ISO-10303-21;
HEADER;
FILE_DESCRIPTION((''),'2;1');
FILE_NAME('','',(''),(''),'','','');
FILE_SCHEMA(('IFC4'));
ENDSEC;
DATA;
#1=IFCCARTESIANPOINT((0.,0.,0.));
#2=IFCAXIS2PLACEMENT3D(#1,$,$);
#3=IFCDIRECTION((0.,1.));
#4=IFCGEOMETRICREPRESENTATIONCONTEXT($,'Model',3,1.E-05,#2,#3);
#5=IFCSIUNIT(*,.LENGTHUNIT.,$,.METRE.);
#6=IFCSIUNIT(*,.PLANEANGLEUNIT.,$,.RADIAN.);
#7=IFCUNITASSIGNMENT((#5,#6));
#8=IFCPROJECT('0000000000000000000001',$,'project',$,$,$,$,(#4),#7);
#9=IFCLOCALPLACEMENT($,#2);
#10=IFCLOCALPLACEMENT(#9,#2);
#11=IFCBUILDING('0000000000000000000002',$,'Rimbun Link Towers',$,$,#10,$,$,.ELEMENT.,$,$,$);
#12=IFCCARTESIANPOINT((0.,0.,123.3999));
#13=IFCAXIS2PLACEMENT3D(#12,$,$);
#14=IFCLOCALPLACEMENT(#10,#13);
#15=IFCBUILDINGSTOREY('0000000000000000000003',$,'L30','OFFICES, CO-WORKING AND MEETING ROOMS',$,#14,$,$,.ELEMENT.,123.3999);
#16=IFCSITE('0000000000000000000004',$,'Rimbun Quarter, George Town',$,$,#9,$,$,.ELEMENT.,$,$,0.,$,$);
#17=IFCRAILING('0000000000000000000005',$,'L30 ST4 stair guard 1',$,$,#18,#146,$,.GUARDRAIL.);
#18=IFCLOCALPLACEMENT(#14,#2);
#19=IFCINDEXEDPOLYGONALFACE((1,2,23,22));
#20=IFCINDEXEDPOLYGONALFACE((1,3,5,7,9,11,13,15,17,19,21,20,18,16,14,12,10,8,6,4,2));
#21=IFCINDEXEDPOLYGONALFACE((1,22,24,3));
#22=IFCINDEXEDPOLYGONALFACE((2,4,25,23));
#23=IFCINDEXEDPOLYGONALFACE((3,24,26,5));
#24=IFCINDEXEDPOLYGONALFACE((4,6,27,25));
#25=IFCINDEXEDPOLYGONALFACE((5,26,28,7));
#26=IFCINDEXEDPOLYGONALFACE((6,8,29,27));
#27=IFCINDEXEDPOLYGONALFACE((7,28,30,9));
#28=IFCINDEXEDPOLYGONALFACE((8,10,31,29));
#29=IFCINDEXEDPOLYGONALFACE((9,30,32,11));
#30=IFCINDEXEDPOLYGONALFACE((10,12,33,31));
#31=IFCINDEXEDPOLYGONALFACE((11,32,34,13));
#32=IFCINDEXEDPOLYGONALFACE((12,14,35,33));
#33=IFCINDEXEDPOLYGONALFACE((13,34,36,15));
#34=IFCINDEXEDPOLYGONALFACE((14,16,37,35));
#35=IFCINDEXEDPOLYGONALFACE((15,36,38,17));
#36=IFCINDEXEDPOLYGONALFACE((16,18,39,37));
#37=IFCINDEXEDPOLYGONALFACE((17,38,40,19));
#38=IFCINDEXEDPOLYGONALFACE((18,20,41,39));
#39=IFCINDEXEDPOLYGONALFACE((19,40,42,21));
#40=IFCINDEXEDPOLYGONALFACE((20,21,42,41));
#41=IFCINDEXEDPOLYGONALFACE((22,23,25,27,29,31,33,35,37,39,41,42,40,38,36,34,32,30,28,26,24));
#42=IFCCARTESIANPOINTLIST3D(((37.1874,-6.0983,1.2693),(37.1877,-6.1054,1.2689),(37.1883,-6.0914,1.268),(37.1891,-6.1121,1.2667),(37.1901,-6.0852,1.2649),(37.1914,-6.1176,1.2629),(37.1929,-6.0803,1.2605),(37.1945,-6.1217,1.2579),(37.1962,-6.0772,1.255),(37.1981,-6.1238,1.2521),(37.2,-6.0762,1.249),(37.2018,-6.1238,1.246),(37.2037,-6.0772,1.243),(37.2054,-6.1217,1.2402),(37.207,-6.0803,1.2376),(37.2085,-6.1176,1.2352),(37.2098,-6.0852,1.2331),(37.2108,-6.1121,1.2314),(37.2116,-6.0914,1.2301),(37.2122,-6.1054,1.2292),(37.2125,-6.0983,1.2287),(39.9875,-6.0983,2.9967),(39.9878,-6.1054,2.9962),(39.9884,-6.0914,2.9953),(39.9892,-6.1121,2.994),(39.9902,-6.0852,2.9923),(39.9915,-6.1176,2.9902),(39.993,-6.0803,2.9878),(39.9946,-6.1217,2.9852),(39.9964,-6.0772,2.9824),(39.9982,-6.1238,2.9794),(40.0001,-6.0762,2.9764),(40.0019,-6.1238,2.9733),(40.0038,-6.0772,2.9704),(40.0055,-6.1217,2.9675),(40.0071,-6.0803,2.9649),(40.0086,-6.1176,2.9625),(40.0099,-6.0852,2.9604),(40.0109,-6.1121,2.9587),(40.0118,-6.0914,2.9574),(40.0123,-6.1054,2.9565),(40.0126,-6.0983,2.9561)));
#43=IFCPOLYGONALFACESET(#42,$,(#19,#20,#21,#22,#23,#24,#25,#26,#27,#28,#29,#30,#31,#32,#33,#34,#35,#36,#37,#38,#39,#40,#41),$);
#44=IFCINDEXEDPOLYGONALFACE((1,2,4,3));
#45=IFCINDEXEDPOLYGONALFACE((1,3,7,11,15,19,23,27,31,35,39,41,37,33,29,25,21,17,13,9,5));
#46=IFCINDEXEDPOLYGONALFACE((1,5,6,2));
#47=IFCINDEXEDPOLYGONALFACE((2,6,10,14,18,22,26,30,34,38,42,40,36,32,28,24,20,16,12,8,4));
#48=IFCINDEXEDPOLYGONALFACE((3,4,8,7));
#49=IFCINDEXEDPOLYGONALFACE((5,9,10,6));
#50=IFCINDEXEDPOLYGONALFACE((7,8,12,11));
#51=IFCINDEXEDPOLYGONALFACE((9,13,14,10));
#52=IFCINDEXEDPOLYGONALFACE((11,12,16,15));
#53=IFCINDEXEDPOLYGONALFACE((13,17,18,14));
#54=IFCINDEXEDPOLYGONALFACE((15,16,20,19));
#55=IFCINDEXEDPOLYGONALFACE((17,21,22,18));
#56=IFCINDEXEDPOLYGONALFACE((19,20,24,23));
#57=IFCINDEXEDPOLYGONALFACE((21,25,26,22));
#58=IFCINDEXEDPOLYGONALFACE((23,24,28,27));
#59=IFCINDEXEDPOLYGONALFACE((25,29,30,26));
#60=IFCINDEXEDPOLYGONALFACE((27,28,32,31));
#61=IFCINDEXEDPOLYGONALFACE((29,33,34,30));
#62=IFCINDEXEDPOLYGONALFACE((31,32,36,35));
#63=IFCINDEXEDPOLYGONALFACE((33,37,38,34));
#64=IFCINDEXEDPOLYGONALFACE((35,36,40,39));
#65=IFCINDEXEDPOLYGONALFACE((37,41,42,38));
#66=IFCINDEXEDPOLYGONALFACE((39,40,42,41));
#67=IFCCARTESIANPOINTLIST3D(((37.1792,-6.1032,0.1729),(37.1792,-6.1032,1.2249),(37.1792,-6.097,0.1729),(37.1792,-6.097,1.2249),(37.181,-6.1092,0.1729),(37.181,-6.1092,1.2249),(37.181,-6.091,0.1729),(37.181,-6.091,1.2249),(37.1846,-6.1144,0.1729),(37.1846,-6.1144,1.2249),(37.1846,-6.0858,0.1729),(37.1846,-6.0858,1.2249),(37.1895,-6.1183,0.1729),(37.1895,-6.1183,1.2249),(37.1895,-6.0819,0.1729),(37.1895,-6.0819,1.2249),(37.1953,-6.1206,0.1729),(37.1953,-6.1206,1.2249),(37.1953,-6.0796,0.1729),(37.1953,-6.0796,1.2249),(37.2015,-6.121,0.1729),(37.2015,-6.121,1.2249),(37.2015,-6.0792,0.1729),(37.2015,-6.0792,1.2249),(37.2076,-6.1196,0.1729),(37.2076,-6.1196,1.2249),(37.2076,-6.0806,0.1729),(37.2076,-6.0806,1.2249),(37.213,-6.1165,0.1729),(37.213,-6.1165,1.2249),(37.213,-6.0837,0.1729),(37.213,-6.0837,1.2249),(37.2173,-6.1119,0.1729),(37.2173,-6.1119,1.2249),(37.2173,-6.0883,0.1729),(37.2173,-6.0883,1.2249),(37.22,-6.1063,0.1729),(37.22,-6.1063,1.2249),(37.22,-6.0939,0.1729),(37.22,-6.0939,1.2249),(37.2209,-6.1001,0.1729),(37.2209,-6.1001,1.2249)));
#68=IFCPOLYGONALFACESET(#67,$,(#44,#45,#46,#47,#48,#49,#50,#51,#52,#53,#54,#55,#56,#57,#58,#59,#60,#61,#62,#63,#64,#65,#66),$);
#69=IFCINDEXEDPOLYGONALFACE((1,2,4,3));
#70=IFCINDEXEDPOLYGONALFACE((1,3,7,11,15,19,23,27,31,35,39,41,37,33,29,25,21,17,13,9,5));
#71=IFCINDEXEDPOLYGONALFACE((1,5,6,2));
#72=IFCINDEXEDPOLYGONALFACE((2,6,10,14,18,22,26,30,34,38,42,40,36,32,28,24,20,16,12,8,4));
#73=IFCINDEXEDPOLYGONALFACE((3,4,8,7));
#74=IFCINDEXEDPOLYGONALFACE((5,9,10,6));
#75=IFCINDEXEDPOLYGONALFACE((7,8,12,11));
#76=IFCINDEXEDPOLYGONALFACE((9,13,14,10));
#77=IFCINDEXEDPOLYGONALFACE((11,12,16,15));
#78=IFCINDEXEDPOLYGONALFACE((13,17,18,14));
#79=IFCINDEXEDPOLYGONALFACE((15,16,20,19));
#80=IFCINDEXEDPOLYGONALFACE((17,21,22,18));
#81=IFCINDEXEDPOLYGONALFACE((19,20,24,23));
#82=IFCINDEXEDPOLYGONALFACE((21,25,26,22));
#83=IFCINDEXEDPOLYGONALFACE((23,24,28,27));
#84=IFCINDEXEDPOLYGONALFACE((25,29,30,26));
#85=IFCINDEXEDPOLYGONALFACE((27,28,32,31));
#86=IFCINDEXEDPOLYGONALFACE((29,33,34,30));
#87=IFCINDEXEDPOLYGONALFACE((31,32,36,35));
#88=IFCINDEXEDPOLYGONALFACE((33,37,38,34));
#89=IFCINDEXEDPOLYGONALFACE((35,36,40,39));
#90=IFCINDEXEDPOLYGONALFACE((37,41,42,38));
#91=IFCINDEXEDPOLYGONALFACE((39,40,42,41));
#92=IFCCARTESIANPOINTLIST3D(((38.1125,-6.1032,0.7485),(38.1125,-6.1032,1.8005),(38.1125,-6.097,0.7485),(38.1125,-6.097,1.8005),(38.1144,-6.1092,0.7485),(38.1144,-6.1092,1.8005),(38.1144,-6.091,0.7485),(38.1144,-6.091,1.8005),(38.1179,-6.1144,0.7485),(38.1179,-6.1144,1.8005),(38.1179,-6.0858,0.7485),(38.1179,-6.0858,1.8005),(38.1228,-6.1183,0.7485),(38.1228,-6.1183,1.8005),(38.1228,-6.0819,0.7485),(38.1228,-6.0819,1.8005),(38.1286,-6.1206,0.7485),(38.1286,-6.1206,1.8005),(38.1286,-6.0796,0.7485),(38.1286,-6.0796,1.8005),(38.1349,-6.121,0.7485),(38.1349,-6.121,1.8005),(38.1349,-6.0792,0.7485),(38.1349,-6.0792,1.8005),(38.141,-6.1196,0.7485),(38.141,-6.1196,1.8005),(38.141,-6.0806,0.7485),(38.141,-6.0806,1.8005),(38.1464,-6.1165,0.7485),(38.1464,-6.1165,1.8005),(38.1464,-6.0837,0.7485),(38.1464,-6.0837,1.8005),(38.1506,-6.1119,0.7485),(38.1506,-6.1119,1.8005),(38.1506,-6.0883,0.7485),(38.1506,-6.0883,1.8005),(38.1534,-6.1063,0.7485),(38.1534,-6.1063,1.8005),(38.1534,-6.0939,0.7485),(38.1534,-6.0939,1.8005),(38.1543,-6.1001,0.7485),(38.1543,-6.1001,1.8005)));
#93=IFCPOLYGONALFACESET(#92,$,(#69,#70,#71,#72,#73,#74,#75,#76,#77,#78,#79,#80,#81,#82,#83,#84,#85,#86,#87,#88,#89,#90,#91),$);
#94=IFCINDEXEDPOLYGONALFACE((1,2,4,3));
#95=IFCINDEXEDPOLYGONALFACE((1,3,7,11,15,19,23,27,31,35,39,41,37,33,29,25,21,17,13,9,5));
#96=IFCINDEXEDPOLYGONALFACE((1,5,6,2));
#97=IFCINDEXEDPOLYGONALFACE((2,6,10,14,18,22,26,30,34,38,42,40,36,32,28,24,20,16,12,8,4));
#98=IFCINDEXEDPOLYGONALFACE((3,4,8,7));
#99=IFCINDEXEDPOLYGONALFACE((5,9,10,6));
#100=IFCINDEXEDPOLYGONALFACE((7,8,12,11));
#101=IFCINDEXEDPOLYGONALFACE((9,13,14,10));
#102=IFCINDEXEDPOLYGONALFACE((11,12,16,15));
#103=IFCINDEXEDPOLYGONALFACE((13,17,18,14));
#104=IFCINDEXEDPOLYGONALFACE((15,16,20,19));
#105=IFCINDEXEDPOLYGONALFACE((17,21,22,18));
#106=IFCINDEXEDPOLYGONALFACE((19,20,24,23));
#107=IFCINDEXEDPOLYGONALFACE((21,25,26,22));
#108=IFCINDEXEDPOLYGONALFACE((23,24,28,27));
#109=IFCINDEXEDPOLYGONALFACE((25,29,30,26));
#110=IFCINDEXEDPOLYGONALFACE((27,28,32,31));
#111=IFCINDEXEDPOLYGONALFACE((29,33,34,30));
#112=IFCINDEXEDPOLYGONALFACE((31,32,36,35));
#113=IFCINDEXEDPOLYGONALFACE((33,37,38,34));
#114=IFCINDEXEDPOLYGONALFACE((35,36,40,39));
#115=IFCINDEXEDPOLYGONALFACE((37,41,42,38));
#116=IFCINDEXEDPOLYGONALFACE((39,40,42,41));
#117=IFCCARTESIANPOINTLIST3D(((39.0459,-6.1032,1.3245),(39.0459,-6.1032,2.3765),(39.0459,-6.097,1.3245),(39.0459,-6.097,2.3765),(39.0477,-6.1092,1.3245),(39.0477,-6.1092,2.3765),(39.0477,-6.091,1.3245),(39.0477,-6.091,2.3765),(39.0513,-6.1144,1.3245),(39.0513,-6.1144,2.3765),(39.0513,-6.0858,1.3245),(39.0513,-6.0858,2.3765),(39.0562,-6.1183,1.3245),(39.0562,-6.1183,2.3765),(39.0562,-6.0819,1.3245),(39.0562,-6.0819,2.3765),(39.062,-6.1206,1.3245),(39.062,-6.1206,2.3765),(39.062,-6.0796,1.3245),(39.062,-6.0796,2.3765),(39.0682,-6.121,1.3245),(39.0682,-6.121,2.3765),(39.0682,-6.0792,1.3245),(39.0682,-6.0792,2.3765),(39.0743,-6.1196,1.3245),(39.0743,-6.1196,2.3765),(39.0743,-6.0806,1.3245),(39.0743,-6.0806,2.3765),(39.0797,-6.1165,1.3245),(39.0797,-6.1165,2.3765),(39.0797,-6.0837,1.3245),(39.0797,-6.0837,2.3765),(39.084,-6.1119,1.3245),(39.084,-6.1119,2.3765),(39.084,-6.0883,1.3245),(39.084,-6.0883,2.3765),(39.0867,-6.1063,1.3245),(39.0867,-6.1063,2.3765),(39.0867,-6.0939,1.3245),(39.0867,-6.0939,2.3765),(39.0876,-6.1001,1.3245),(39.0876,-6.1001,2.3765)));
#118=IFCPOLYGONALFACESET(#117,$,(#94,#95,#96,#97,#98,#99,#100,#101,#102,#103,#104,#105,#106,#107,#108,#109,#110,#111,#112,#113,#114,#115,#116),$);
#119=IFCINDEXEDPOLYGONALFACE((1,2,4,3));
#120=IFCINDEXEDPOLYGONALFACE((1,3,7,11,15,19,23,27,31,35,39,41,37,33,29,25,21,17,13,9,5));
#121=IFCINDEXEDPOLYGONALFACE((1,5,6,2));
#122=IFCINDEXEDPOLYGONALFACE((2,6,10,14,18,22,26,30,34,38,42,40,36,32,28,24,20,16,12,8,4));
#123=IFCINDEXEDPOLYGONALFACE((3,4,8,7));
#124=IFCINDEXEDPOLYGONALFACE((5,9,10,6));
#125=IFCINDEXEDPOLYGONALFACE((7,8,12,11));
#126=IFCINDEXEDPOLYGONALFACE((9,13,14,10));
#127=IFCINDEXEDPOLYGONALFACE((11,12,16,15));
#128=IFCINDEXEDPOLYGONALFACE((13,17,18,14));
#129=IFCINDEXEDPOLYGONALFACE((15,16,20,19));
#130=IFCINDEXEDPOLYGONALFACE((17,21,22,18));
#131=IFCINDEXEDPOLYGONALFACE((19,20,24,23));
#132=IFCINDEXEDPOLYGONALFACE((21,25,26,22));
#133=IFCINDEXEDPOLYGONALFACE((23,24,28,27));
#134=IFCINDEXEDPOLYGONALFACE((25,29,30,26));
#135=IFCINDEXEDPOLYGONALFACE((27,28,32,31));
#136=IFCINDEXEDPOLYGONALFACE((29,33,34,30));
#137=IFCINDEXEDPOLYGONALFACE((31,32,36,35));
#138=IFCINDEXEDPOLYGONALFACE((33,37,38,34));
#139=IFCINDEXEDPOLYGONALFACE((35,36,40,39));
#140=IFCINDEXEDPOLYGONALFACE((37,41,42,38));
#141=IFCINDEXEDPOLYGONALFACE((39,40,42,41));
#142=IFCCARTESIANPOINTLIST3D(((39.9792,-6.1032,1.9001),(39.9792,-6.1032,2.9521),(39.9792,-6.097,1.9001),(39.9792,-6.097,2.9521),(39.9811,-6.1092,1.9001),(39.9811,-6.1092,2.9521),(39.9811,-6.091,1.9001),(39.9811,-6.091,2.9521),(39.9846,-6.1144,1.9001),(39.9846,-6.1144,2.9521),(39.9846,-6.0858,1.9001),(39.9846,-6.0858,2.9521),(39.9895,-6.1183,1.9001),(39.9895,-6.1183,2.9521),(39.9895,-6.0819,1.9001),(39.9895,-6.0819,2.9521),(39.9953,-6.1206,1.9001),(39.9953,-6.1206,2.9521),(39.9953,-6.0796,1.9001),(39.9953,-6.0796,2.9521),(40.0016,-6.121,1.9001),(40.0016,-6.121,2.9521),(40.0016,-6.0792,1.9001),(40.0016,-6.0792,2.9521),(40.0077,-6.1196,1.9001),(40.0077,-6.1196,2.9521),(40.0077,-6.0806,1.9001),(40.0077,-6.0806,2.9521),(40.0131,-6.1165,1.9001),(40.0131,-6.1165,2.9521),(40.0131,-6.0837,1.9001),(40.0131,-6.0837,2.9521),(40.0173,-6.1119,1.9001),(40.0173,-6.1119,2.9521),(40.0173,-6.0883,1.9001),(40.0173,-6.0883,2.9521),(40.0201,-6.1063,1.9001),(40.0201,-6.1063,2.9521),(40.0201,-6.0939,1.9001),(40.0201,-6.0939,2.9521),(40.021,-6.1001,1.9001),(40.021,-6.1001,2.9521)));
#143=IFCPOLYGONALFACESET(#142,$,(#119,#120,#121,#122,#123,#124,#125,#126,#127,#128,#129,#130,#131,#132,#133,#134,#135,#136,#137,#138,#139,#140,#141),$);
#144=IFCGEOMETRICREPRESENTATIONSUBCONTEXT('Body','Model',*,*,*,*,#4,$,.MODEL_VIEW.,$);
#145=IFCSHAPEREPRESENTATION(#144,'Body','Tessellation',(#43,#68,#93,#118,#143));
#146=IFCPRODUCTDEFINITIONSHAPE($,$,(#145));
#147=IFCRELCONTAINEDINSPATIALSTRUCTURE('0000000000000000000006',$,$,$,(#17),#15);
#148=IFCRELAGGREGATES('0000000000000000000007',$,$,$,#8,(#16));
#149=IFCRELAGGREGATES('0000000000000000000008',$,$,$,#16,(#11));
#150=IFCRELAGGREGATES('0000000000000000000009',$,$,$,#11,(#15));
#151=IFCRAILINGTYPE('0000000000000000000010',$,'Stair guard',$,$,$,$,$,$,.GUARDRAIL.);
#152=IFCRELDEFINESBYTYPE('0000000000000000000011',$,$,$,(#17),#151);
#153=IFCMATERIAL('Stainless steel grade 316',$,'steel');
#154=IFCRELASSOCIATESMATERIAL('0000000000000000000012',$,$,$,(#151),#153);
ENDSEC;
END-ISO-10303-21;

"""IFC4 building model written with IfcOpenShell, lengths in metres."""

from ifc_helpers import new_model, si_unit, direction, frame, origin, origin_2d, place, context, subcontext, project, spatial, circle, extrude, material, type_object, element, save


model = new_model("IFC4")

# Units and contexts
model_context = context("Model", 3, precision=1e-05, world=origin(), true_north=direction((0.0, 1.0)))
body_context = subcontext(model_context, "Body", "Model", "MODEL_VIEW")
ifc_project = project(units=[si_unit("LENGTHUNIT", "METRE"), si_unit("PLANEANGLEUNIT", "RADIAN")], contexts=[model_context])

# Site, building, storey
site_placement = place(None, origin())
site = spatial("IfcSite", under=ifc_project, at=site_placement, Name="Rimbun Quarter, George Town", CompositionType="ELEMENT", RefElevation=0.0)
building_placement = place(site_placement, origin())
building = spatial("IfcBuilding", under=site, at=building_placement, Name="Rimbun Link Towers", CompositionType="ELEMENT")
storey_placement = place(building_placement, frame((0.0, 0.0, 123.3999)))
storey = spatial("IfcBuildingStorey", under=building, at=storey_placement, Name="L30", Description="OFFICES, CO-WORKING AND MEETING ROOMS", CompositionType="ELEMENT", Elevation=123.3999)

# Railing
ifc_material_1 = material(Name="Stainless steel grade 316", Category="steel")
railing_type_1 = type_object("IfcRailingType", Name="Stair guard", PredefinedType="GUARDRAIL", material=ifc_material_1)
railing_1_placement = place(storey_placement, frame((37.2, -6.1001, 0.1729)))
element("IfcRailing", 1, at=railing_1_placement, inside=storey, type_object=railing_type_1, Name="L30 ST4 stair guard 1", PredefinedType="GUARDRAIL", context=body_context, shape_type="SweptSolid", body=[
    extrude(circle(Radius=0.0239, at=origin_2d()), frame((0.0, 0.0, 1.0762), z_axis=(0.85109, 0.0, 0.52502), x_axis=(0.0, 1.0, 0.0)), (0.0, 0.0, 1.0), 3.29),
    extrude(circle(Radius=0.021, at=origin_2d()), origin(), (0.0, 0.0, 1.0), 1.052),
    extrude(circle(Radius=0.021, at=origin_2d()), frame((0.9333, 0.0, 0.5757)), (0.0, 0.0, 1.0), 1.052),
    extrude(circle(Radius=0.021, at=origin_2d()), frame((1.8667, 0.0, 1.1516)), (0.0, 0.0, 1.0), 1.052),
    extrude(circle(Radius=0.021, at=origin_2d()), frame((2.8, 0.0, 1.7273)), (0.0, 0.0, 1.0), 1.052),
])

save(model, "model.ifc")
